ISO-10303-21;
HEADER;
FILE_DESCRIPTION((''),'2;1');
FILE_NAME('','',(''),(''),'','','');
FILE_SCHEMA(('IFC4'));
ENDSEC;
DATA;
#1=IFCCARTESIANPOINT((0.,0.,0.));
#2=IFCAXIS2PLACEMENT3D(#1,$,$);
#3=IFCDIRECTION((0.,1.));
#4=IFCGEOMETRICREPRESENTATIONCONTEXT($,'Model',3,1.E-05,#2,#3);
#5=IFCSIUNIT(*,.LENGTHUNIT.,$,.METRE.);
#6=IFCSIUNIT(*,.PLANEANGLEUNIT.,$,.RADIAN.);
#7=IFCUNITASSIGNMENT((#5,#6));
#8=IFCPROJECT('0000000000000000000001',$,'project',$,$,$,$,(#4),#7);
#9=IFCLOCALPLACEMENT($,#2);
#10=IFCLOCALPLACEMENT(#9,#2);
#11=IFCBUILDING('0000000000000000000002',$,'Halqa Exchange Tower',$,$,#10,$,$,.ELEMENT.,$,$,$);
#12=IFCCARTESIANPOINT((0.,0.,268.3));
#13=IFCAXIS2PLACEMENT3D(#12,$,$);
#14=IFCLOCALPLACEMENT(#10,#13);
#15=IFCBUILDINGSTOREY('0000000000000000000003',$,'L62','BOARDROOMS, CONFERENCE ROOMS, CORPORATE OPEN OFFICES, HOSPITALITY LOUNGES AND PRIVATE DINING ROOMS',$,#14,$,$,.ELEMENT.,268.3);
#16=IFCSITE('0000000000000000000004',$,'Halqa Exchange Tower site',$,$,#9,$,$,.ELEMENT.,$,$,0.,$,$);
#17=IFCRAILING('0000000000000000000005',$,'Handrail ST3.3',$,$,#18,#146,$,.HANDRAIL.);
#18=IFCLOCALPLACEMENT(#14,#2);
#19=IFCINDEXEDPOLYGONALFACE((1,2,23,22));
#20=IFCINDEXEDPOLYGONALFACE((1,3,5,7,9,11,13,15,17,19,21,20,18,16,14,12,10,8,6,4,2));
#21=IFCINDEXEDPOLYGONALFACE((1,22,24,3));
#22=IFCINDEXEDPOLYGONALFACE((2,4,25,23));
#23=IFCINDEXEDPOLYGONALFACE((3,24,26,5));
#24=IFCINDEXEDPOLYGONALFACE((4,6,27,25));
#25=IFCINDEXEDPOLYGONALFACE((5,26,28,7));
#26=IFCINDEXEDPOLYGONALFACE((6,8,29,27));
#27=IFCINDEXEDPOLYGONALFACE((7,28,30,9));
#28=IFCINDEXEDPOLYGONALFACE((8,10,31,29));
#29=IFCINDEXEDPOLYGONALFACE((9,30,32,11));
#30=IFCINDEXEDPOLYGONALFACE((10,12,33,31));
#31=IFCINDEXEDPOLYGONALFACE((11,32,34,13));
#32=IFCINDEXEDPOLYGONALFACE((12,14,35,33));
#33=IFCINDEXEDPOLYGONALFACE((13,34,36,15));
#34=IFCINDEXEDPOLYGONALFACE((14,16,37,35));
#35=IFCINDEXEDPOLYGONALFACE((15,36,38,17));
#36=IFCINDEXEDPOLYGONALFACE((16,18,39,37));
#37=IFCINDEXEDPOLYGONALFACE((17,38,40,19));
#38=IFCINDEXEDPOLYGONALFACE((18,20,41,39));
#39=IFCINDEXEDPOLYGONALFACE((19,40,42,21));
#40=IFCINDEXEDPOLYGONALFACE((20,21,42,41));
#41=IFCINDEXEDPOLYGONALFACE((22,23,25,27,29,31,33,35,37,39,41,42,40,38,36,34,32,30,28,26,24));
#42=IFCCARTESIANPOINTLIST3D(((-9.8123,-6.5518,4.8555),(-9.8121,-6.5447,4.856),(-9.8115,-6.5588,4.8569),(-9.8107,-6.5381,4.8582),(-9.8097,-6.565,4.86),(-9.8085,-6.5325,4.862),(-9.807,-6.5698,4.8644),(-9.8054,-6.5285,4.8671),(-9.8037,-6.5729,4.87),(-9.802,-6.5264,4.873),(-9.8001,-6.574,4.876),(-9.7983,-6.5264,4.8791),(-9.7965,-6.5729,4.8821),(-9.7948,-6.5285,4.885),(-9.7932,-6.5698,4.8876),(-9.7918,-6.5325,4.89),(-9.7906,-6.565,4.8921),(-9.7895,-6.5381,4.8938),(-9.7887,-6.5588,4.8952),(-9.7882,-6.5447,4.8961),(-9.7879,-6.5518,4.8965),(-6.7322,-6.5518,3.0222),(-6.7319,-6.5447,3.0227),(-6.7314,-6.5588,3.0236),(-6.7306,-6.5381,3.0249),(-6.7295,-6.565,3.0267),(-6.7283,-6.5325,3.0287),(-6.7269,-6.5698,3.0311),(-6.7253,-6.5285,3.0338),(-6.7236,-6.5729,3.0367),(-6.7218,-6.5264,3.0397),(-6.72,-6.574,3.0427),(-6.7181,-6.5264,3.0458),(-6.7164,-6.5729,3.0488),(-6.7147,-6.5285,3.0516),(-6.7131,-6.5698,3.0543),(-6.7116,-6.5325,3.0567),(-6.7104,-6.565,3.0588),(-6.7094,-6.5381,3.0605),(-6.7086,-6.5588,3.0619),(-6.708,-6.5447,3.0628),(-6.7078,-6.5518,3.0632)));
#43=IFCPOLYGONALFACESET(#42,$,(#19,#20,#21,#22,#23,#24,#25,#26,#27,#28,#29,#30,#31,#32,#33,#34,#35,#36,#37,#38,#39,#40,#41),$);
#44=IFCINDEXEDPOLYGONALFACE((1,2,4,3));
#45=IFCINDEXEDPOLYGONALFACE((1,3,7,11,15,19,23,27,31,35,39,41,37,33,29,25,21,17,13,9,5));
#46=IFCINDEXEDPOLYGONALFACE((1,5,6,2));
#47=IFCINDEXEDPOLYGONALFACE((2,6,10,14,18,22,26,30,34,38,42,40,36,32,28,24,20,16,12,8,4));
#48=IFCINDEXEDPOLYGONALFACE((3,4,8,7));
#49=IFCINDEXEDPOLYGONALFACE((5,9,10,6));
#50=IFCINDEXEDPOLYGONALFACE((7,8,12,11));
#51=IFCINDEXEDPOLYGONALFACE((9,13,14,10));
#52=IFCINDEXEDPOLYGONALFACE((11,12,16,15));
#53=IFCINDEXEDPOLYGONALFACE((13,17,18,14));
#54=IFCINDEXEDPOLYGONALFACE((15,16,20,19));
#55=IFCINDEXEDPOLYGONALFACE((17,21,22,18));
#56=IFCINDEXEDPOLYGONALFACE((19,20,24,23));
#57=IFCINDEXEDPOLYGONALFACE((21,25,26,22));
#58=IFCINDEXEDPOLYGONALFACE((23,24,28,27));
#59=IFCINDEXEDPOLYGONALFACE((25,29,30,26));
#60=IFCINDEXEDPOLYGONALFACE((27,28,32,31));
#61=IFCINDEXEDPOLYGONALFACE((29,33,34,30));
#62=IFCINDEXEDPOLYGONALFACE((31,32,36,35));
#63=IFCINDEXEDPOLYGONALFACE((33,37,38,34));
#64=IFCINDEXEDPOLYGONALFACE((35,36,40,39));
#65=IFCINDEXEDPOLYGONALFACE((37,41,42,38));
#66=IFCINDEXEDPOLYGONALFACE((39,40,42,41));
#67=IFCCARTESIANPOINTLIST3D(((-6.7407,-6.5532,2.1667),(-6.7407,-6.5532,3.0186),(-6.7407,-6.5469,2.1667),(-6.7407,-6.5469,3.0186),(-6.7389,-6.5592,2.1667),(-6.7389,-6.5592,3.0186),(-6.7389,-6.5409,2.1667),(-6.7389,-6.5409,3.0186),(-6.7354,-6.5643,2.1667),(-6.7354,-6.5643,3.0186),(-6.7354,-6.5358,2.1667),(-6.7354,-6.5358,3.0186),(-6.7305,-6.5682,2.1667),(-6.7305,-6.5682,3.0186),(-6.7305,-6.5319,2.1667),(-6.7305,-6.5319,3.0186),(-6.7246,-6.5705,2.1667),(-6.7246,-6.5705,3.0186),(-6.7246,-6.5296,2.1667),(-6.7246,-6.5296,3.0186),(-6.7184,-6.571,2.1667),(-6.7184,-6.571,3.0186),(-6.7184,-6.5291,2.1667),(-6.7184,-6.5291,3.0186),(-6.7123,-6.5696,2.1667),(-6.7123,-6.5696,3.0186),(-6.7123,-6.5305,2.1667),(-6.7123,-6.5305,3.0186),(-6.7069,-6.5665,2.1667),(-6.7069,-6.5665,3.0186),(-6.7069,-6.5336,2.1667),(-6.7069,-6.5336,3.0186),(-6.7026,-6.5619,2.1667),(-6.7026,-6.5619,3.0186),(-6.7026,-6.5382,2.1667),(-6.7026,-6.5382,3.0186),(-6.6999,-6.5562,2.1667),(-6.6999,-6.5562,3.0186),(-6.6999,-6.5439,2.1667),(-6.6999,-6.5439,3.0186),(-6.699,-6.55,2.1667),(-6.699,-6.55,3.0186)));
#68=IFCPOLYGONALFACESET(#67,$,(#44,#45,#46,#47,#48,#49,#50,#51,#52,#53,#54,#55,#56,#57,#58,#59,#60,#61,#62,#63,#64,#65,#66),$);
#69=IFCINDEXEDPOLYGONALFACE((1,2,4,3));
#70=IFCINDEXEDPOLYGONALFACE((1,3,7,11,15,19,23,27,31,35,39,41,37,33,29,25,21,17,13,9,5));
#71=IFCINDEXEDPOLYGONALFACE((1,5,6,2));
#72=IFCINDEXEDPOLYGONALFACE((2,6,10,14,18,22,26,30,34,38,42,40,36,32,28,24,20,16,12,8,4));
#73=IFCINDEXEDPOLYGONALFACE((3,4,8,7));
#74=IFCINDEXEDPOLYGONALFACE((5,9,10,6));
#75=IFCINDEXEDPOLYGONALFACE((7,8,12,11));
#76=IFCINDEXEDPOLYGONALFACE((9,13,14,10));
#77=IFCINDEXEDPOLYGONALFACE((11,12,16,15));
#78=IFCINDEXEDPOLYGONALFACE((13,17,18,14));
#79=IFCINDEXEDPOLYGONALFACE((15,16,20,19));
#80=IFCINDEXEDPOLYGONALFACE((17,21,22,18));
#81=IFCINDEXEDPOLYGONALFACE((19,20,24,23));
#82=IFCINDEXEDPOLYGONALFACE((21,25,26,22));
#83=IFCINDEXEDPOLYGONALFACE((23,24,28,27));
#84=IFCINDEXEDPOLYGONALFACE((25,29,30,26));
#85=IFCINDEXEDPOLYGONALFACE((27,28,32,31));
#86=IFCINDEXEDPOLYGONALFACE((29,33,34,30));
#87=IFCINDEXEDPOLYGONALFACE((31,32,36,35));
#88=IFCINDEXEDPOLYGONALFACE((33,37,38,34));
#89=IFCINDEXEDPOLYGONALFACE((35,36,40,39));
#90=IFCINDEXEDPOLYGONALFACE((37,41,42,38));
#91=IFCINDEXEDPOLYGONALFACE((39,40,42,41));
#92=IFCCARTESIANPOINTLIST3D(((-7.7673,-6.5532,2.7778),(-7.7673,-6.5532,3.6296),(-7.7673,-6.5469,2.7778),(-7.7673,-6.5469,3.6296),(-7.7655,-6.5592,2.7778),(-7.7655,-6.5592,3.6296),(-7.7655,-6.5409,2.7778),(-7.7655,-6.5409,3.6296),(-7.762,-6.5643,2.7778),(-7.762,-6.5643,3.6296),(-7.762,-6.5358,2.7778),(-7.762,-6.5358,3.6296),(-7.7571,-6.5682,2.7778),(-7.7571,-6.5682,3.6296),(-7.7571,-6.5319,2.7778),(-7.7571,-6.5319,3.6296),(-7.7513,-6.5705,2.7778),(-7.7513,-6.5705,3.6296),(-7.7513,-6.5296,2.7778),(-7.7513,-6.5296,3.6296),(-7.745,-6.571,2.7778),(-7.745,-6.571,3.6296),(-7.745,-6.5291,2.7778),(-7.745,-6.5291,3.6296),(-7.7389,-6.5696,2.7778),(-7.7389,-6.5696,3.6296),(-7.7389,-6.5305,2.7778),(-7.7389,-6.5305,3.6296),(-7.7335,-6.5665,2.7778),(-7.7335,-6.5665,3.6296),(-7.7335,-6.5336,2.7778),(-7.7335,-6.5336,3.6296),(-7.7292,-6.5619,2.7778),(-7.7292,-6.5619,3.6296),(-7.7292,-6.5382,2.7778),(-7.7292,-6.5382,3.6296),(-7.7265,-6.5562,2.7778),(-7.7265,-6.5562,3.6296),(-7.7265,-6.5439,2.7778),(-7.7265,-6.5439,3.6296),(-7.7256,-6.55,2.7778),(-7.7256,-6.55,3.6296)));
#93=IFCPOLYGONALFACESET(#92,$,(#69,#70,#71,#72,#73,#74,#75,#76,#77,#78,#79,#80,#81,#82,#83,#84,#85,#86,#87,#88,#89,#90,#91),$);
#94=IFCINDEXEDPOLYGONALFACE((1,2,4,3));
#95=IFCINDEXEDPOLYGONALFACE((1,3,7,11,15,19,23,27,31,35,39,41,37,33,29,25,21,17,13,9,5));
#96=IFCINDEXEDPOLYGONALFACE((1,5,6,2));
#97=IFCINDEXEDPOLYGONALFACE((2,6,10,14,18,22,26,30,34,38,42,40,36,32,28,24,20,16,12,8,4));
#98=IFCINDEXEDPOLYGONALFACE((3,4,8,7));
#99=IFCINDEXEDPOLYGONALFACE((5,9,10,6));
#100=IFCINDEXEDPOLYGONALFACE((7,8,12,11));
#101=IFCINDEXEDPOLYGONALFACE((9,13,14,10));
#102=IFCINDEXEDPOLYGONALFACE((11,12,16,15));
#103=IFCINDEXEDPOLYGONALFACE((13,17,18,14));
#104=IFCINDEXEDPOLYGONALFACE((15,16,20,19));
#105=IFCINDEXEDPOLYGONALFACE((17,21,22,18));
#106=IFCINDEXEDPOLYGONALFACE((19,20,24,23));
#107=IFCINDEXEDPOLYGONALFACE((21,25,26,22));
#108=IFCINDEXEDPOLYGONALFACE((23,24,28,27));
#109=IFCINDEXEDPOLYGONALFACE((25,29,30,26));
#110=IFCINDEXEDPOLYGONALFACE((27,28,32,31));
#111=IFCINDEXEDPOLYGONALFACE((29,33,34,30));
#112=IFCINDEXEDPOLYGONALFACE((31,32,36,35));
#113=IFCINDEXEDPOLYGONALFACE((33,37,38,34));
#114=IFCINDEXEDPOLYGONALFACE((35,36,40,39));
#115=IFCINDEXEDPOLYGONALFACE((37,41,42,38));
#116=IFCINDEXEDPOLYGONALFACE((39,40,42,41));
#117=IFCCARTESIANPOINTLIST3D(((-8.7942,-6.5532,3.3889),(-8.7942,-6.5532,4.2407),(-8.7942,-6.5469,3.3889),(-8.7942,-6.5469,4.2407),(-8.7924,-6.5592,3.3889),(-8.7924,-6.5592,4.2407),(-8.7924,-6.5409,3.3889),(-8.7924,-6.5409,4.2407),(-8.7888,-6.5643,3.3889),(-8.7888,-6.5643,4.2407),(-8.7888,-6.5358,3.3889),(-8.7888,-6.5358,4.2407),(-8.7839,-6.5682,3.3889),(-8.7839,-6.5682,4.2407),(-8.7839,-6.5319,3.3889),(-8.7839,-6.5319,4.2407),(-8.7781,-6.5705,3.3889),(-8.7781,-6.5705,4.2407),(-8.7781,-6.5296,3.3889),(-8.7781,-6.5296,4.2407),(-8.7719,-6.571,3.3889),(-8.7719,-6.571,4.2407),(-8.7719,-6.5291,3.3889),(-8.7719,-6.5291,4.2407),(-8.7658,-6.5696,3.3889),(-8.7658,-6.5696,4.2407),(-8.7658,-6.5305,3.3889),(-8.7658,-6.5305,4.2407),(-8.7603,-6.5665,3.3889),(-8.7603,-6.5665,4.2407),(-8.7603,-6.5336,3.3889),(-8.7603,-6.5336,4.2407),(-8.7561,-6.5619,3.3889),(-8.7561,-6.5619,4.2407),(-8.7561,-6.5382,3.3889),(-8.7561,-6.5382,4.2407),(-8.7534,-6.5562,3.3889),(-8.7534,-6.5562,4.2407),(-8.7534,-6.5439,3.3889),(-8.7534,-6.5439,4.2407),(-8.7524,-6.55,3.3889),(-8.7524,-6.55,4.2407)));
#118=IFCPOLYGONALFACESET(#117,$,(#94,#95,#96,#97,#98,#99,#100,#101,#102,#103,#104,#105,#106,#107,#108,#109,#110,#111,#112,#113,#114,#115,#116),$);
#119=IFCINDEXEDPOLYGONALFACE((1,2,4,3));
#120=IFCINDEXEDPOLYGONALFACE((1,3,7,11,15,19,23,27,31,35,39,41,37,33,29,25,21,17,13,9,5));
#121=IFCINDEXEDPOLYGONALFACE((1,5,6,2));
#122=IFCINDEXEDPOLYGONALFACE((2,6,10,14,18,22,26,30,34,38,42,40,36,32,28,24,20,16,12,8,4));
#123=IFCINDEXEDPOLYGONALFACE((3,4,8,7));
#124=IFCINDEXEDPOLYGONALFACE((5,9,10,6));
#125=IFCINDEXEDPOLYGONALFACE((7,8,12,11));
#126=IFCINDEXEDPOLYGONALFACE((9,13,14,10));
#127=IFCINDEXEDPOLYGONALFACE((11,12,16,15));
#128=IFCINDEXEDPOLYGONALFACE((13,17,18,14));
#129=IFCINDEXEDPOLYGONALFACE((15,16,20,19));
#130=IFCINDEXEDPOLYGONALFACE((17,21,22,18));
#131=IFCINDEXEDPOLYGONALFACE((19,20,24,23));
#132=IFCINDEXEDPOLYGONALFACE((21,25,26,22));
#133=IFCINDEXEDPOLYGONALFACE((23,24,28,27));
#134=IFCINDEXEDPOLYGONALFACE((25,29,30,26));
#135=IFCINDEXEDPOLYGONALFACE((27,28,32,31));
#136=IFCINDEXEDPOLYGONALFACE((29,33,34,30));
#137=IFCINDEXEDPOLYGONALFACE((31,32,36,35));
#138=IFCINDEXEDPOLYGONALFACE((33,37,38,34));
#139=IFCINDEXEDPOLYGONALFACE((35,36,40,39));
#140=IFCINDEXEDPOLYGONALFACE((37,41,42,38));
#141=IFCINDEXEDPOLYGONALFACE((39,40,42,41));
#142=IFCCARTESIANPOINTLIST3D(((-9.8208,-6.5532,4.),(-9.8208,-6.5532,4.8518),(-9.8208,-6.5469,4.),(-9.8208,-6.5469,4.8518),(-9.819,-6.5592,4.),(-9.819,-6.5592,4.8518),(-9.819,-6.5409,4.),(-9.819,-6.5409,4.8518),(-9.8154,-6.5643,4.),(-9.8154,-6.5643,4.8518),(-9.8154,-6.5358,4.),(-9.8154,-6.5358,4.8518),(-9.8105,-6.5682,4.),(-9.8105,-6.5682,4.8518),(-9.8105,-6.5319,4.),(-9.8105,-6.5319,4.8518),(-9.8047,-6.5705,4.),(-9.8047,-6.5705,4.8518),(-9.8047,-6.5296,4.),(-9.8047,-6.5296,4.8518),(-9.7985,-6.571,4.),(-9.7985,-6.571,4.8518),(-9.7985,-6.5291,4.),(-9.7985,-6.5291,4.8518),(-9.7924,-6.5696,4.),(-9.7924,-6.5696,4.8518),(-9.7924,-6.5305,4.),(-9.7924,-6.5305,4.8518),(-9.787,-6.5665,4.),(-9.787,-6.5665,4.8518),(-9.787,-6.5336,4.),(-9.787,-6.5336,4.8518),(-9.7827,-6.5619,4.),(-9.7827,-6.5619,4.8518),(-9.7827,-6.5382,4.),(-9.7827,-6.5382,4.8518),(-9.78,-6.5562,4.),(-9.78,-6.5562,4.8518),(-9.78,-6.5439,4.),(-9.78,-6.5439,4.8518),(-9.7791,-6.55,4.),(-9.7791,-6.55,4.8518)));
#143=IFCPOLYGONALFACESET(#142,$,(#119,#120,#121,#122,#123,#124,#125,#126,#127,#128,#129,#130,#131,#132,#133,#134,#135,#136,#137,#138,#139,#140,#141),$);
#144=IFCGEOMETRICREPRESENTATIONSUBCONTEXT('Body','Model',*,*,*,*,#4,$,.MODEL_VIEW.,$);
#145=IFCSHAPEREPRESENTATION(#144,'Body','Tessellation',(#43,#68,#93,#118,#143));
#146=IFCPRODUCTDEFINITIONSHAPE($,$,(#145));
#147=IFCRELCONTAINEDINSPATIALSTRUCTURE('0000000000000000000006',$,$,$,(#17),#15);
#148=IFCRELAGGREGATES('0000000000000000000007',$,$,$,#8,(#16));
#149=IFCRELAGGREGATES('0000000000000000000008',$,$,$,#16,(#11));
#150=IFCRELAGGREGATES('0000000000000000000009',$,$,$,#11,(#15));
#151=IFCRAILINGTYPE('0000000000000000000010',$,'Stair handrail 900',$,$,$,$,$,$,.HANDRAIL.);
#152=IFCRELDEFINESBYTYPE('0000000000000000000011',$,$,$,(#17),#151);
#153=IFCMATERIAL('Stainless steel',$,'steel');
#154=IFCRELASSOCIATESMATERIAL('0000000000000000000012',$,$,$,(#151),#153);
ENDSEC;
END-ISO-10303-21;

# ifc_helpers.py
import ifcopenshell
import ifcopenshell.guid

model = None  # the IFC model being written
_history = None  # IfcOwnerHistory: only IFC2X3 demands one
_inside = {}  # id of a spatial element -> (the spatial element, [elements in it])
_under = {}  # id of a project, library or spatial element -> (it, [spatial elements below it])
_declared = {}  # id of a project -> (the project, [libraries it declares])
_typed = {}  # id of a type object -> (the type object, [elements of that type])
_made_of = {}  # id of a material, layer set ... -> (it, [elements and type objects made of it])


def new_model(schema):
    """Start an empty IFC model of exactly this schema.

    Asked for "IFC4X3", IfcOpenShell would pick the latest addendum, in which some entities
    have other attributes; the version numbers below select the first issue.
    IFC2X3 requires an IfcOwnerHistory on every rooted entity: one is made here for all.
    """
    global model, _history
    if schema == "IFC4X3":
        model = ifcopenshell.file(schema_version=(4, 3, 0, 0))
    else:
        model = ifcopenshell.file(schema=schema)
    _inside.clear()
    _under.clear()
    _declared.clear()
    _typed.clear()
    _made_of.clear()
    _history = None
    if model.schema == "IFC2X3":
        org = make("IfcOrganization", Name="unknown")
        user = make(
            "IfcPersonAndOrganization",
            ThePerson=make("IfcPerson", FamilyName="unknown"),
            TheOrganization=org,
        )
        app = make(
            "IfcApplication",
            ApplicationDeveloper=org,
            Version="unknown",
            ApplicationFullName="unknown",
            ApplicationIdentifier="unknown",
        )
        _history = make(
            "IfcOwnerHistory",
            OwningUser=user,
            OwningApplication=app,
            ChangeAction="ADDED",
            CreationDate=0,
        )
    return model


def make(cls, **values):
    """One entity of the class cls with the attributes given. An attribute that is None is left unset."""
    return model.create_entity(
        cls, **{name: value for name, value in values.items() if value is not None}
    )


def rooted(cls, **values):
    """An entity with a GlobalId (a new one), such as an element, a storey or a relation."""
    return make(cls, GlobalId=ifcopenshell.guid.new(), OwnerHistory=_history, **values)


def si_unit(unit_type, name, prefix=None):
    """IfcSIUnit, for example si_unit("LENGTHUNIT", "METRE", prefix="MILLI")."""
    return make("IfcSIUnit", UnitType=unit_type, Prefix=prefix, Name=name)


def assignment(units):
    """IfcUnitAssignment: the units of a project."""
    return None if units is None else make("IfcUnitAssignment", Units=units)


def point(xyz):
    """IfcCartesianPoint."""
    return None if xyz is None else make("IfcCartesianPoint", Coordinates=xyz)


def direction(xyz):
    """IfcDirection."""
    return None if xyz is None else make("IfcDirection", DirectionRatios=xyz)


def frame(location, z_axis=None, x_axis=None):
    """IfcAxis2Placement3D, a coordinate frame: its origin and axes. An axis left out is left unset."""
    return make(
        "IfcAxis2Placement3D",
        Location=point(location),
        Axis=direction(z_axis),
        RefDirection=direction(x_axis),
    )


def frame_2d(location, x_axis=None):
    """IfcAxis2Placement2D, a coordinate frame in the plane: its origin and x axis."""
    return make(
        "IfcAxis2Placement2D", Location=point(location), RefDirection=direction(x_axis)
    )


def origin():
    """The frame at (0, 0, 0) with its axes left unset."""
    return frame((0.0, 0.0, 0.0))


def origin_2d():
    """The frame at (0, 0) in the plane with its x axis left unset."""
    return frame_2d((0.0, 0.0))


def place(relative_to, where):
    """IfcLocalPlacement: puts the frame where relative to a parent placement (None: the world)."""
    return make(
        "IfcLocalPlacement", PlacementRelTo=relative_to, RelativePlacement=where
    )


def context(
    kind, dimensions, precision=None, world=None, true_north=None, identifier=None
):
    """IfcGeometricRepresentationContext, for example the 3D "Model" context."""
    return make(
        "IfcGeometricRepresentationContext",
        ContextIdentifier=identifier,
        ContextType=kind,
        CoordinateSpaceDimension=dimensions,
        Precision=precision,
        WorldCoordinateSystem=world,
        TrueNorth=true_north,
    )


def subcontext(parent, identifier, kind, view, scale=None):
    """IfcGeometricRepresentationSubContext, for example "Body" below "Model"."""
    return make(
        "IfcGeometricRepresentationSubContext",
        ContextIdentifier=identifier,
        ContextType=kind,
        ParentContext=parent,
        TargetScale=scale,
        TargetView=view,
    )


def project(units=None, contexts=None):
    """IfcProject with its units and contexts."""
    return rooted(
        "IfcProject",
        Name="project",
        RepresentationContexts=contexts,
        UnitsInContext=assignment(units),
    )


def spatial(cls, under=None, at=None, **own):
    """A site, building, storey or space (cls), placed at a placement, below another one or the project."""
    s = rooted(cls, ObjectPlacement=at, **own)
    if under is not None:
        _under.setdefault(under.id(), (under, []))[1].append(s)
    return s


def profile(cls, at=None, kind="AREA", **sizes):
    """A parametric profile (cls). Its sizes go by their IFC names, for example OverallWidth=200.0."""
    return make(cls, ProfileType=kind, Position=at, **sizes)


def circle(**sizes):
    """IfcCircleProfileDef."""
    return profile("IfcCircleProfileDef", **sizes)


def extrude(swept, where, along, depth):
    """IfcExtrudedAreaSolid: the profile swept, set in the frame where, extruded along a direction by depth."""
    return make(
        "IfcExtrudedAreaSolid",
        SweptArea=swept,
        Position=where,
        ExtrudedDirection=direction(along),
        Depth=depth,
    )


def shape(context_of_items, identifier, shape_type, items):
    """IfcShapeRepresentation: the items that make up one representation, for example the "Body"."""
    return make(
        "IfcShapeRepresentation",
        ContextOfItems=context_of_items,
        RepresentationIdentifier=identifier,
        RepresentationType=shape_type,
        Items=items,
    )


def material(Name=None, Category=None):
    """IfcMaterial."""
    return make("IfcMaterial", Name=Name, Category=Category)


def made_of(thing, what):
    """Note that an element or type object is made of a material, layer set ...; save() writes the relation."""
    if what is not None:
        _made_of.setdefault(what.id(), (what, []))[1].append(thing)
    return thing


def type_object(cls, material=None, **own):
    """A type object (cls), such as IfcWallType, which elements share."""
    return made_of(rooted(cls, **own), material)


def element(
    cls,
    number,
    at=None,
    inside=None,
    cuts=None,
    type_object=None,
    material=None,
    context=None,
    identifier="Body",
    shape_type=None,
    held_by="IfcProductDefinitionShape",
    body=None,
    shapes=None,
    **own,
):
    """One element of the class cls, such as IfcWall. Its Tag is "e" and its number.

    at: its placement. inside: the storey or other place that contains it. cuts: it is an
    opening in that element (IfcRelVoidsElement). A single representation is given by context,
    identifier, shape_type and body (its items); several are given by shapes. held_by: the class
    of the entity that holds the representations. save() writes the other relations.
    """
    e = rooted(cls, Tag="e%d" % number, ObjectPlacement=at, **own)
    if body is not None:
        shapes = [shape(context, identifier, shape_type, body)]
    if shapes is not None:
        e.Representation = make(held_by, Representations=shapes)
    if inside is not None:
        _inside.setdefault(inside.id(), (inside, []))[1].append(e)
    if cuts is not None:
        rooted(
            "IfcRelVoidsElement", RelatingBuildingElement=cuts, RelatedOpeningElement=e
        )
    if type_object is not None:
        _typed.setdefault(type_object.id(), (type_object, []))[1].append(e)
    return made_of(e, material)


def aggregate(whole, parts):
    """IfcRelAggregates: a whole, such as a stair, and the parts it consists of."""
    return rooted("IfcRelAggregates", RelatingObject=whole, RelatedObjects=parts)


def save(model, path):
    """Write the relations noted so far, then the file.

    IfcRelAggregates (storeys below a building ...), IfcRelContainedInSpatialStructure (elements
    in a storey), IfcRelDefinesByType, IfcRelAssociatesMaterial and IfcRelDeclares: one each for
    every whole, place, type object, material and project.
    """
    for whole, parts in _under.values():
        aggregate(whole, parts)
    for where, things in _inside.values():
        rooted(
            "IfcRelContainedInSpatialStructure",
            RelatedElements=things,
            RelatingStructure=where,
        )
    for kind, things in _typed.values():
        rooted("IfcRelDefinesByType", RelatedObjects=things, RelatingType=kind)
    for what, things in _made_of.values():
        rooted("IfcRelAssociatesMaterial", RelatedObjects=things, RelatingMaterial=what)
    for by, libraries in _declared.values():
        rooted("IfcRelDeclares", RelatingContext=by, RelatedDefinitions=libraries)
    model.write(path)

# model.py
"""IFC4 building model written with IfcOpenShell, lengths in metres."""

from ifc_helpers import new_model, si_unit, direction, frame, origin, origin_2d, place, context, subcontext, project, spatial, circle, extrude, material, type_object, element, save


model = new_model("IFC4")

# Units and contexts
model_context = context("Model", 3, precision=1e-05, world=origin(), true_north=direction((0.0, 1.0)))
body_context = subcontext(model_context, "Body", "Model", "MODEL_VIEW")
ifc_project = project(units=[si_unit("LENGTHUNIT", "METRE"), si_unit("PLANEANGLEUNIT", "RADIAN")], contexts=[model_context])

# Site, building, storey
site_placement = place(None, origin())
site = spatial("IfcSite", under=ifc_project, at=site_placement, Name="Halqa Exchange Tower site", CompositionType="ELEMENT", RefElevation=0.0)
building_placement = place(site_placement, origin())
building = spatial("IfcBuilding", under=site, at=building_placement, Name="Halqa Exchange Tower", CompositionType="ELEMENT")
storey_placement = place(building_placement, frame((0.0, 0.0, 268.3)))
storey = spatial("IfcBuildingStorey", under=building, at=storey_placement, Name="L62", Description="BOARDROOMS, CONFERENCE ROOMS, CORPORATE OPEN OFFICES, HOSPITALITY LOUNGES AND PRIVATE DINING ROOMS", CompositionType="ELEMENT", Elevation=268.3)

# Shared definitions
ifc_material_1 = material(Name="Stainless steel", Category="steel")

# Railing
railing_type_1 = type_object("IfcRailingType", Name="Stair handrail 900", PredefinedType="HANDRAIL", material=ifc_material_1)
railing_1_placement = place(storey_placement, frame((-6.72, -6.55, 2.1667)))
element("IfcRailing", 1, at=railing_1_placement, inside=storey, type_object=railing_type_1, Name="Handrail ST3.3", PredefinedType="HANDRAIL", context=body_context, shape_type="SweptSolid", body=[
    extrude(circle(Radius=0.0239, at=origin_2d()), frame((0.0, 0.0, 0.876), z_axis=(-0.859309, 0.0, 0.511458), x_axis=(0.0, -1.0, 0.0)), (0.0, 0.0, 1.0), 3.5845),
    extrude(circle(Radius=0.021, at=origin_2d()), origin(), (0.0, 0.0, 1.0), 0.8518),
    extrude(circle(Radius=0.021, at=origin_2d()), frame((-1.0266, 0.0, 0.6111)), (0.0, 0.0, 1.0), 0.8518),
    extrude(circle(Radius=0.021, at=origin_2d()), frame((-2.0535, 0.0, 1.2222)), (0.0, 0.0, 1.0), 0.8518),
    extrude(circle(Radius=0.021, at=origin_2d()), frame((-3.0801, 0.0, 1.8333)), (0.0, 0.0, 1.0), 0.8518),
])

save(model, "model.ifc")
